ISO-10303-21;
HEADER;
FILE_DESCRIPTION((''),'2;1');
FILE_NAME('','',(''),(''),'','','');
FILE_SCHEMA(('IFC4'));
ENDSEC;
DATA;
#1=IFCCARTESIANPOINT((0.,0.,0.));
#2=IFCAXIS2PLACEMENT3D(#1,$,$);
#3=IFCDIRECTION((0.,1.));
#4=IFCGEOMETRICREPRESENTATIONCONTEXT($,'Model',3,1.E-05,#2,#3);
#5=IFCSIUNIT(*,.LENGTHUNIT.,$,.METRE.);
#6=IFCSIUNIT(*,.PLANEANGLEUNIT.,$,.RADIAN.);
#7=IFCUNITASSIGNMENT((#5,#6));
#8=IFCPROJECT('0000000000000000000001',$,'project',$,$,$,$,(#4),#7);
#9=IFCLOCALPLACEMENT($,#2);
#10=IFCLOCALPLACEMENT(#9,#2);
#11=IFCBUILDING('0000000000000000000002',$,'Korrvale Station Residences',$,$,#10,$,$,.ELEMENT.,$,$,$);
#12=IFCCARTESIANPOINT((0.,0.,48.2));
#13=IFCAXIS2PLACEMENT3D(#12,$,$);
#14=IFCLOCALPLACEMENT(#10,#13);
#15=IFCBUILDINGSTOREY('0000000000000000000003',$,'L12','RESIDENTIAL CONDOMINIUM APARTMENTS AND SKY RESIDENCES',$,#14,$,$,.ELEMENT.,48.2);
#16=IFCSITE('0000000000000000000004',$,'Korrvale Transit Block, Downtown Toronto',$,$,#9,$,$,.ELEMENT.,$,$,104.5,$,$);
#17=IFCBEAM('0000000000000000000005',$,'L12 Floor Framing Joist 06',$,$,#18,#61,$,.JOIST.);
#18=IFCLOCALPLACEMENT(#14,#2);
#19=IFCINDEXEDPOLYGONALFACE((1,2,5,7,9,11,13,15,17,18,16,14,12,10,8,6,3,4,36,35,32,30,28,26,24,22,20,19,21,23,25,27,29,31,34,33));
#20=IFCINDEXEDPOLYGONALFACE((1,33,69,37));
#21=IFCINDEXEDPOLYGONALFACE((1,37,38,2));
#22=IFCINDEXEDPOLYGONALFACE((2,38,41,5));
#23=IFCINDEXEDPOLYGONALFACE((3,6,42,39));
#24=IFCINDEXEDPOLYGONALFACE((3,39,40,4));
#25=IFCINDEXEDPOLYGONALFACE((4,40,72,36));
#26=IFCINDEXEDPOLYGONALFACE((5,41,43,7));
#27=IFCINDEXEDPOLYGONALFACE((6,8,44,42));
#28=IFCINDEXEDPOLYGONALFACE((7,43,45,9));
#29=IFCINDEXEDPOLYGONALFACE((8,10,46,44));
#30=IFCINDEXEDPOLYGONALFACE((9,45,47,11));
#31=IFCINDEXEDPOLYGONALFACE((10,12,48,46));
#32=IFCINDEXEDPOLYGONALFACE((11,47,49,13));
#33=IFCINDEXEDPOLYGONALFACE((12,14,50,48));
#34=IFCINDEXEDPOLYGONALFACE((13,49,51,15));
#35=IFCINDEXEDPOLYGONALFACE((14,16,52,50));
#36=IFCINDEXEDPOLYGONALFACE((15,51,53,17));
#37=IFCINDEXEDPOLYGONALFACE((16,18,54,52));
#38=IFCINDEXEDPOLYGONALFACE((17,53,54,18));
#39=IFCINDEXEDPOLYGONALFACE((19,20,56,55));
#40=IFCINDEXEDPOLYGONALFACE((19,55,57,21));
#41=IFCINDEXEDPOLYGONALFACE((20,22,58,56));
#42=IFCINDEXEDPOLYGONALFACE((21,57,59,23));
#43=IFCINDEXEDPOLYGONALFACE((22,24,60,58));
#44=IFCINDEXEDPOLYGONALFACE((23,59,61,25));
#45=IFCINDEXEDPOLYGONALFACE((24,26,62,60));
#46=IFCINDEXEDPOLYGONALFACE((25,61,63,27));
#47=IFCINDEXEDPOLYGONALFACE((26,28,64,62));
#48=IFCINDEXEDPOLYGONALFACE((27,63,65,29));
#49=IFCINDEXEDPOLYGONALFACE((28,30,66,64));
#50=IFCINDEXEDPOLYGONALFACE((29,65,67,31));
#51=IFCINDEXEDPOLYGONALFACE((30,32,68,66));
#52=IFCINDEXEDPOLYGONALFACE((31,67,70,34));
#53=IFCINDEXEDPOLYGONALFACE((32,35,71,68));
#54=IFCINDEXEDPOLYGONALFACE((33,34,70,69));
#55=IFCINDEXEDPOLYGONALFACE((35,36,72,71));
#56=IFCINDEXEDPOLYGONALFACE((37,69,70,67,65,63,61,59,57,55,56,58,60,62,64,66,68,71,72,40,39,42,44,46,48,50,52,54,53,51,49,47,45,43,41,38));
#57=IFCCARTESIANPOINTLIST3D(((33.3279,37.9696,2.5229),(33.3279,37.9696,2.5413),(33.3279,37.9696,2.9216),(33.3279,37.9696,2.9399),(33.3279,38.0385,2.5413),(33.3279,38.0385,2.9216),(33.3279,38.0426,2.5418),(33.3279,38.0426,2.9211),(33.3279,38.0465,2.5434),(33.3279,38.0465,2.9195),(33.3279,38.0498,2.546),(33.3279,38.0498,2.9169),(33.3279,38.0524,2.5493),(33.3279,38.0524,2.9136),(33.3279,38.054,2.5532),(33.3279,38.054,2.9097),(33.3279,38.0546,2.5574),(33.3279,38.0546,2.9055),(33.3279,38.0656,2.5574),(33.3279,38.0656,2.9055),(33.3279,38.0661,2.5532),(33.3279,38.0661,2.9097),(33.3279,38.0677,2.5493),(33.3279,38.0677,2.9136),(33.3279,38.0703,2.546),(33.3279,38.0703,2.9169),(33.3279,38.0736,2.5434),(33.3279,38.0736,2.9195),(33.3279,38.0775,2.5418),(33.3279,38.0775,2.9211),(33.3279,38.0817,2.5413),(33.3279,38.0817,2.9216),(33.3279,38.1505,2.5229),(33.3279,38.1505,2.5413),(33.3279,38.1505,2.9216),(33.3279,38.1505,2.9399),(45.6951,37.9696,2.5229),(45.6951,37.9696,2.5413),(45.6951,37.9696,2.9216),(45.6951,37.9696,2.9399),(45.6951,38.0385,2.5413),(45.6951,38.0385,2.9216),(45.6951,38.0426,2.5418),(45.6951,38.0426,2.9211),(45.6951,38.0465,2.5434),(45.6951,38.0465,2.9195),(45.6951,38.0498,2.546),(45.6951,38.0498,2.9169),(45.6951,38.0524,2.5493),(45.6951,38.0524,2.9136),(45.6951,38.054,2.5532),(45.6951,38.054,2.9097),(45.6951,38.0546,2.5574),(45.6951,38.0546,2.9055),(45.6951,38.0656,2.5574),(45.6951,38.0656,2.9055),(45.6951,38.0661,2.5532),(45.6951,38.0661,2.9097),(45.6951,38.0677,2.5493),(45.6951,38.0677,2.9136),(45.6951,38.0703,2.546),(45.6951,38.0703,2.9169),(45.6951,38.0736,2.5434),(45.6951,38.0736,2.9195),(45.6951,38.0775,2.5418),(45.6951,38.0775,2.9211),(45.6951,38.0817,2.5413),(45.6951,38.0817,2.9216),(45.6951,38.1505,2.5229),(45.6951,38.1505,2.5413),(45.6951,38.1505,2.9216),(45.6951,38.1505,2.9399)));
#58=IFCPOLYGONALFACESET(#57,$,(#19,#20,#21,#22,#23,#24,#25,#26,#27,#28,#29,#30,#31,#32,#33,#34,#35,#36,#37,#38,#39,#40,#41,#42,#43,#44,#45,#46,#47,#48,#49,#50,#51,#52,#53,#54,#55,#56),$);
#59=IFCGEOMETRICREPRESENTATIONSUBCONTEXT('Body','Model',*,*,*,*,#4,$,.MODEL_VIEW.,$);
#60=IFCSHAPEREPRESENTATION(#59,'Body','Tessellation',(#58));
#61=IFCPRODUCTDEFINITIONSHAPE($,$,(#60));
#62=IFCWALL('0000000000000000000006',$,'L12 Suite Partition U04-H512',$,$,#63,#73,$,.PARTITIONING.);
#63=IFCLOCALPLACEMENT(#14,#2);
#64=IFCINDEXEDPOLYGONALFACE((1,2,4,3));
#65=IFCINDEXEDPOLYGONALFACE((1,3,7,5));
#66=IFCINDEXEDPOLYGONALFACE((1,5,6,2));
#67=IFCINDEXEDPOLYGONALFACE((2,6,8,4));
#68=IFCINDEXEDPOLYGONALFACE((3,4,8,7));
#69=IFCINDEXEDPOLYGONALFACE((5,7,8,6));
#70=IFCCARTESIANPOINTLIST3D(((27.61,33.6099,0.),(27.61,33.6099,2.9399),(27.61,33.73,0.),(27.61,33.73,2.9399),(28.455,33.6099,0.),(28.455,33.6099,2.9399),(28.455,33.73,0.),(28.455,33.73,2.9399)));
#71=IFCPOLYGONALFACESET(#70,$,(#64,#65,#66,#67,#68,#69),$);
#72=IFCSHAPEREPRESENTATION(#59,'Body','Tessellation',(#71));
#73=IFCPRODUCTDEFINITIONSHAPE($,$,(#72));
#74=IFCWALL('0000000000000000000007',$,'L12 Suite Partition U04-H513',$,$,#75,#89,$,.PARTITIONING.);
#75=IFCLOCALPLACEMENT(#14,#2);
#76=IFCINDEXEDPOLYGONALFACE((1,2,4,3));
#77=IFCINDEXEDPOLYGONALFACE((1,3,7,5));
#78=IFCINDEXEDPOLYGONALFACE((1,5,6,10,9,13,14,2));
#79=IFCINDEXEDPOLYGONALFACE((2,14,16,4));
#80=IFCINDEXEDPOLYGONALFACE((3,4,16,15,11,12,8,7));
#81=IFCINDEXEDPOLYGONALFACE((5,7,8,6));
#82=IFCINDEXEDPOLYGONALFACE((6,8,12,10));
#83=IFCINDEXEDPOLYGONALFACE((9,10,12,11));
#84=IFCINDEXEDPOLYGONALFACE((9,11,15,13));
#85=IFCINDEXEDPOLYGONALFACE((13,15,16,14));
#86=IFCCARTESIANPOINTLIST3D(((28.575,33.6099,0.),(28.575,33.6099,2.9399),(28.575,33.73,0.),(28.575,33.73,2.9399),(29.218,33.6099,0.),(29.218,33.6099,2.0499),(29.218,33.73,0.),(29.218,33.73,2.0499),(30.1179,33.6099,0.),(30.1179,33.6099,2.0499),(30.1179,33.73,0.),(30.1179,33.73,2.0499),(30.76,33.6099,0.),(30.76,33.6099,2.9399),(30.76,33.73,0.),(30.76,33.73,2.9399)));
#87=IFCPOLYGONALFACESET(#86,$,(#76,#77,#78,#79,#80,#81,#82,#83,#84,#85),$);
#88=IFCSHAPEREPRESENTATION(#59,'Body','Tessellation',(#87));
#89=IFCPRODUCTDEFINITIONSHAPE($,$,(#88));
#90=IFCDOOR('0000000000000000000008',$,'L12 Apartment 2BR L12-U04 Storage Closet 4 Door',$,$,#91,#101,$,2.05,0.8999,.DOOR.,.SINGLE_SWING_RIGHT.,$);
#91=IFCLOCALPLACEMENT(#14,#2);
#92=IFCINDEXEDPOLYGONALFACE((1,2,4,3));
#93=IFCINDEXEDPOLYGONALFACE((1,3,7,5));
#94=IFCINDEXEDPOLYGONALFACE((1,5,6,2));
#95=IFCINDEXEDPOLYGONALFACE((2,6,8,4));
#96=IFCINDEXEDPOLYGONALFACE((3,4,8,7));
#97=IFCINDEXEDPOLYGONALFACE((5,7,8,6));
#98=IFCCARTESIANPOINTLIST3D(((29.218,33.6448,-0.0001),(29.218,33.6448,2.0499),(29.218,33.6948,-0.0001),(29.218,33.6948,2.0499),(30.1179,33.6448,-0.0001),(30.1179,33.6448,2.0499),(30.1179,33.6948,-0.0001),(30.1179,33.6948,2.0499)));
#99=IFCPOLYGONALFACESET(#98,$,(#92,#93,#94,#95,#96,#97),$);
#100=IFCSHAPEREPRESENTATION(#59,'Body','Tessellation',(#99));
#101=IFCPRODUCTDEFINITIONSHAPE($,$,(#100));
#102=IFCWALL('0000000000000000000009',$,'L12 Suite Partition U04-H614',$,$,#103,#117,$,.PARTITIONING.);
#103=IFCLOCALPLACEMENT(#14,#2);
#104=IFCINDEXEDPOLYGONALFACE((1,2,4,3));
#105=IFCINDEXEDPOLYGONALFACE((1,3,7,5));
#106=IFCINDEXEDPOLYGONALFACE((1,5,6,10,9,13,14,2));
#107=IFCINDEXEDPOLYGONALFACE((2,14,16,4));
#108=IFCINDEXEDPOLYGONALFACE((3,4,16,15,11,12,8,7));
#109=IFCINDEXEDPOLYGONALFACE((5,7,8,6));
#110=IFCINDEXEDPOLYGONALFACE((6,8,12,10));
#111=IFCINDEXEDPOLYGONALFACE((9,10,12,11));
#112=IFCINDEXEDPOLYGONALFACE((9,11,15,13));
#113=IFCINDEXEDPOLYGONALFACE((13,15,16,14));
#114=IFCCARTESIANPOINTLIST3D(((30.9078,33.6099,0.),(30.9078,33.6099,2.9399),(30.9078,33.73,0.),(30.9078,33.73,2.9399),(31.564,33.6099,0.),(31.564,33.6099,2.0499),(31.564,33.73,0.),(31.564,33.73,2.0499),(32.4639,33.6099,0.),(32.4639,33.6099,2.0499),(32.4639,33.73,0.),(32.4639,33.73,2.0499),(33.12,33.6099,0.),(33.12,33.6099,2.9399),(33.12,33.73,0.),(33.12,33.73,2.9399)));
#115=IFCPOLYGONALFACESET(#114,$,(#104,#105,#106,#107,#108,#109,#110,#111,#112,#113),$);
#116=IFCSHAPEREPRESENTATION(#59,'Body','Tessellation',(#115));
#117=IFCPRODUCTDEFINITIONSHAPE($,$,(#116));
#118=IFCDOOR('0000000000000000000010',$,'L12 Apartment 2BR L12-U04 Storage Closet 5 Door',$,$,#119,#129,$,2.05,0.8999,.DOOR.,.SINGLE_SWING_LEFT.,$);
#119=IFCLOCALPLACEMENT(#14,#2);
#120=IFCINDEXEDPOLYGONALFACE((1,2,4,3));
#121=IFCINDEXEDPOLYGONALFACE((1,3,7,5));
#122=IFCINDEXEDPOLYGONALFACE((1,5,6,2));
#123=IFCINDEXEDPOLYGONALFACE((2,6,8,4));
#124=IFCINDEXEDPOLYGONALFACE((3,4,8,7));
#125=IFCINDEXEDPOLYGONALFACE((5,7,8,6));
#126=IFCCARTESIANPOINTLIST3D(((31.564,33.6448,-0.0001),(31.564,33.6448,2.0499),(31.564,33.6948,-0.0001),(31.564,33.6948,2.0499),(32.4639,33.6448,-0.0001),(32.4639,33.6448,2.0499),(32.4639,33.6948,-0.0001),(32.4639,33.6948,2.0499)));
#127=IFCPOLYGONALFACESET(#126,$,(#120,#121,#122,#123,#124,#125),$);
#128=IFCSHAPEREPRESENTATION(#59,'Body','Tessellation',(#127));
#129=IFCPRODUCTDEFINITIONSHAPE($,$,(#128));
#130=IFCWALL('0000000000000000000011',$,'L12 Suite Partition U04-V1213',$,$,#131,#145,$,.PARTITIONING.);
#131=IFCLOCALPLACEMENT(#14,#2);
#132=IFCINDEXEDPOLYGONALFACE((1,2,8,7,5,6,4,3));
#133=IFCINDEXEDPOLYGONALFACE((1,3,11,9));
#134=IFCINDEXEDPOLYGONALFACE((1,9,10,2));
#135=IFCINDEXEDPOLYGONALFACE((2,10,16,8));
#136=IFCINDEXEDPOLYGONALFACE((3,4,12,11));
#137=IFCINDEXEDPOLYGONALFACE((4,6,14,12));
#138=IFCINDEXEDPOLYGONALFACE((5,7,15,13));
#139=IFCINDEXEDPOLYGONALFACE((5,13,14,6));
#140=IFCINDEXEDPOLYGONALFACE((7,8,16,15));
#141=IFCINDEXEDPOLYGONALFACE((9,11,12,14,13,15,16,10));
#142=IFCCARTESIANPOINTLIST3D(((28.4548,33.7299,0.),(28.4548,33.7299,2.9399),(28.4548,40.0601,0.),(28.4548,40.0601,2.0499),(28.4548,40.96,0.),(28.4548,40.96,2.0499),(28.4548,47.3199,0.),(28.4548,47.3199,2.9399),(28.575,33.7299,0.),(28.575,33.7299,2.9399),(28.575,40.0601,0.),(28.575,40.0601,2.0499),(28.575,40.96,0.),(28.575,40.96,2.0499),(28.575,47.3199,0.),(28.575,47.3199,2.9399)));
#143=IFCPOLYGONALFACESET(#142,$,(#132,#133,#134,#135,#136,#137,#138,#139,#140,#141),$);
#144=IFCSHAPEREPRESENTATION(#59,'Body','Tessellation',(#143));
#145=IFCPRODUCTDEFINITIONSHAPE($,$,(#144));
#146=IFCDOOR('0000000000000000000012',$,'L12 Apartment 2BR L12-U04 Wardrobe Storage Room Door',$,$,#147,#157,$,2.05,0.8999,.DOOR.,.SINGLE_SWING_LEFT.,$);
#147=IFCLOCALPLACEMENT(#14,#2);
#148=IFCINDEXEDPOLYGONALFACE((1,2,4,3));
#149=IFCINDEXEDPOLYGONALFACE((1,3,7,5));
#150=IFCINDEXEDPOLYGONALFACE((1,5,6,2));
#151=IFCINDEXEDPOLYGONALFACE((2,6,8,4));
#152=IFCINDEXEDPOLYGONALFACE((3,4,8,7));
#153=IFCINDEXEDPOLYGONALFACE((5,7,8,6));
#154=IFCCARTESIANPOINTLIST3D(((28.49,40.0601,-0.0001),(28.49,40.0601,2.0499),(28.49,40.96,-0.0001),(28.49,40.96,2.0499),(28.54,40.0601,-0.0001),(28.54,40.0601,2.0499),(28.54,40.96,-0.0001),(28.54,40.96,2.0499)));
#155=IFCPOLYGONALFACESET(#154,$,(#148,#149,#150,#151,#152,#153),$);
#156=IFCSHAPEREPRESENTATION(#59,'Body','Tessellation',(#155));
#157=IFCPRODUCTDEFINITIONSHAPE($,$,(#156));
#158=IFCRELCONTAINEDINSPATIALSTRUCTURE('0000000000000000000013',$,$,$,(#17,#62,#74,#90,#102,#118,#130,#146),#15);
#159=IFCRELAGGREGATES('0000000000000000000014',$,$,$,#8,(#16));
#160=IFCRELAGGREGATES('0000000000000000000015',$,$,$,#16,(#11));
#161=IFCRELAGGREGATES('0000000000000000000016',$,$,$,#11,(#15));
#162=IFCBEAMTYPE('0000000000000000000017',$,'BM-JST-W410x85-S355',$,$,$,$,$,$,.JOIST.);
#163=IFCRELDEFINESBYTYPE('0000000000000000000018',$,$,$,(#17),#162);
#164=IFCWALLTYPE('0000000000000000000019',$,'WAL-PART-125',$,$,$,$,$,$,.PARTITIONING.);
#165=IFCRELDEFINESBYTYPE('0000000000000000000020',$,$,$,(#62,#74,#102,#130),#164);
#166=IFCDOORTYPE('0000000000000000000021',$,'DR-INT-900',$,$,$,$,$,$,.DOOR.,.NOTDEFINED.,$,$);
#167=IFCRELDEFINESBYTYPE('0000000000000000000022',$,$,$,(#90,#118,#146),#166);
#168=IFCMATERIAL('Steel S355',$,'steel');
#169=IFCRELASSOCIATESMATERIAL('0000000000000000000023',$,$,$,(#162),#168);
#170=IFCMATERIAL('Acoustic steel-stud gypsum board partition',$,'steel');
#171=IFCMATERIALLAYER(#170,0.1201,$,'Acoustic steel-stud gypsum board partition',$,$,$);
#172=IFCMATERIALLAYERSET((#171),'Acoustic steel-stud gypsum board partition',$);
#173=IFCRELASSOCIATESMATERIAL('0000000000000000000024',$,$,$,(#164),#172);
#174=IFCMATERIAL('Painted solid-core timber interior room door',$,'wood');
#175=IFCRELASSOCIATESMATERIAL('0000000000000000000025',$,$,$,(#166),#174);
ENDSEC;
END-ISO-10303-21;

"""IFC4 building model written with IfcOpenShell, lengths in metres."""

from ifc_helpers import new_model, si_unit, direction, frame, frame_2d, origin, origin_2d, place, context, subcontext, project, spatial, rectangle, i_section, extrude, material, layer, layer_set, material_profile, profile_set, type_object, element, fill, save


model = new_model("IFC4")

# Units and contexts
model_context = context("Model", 3, precision=1e-05, world=origin(), true_north=direction((0.0, 1.0)))
body_context = subcontext(model_context, "Body", "Model", "MODEL_VIEW")
ifc_project = project(units=[si_unit("LENGTHUNIT", "METRE"), si_unit("PLANEANGLEUNIT", "RADIAN")], contexts=[model_context])

# Site, building, storey
site_placement = place(None, origin())
site = spatial("IfcSite", under=ifc_project, at=site_placement, Name="Korrvale Transit Block, Downtown Toronto", CompositionType="ELEMENT", RefElevation=104.5)
building_placement = place(site_placement, origin())
building = spatial("IfcBuilding", under=site, at=building_placement, Name="Korrvale Station Residences", CompositionType="ELEMENT")
storey_placement = place(building_placement, frame((0.0, 0.0, 48.2)))
storey = spatial("IfcBuildingStorey", under=building, at=storey_placement, Name="L12", Description="RESIDENTIAL CONDOMINIUM APARTMENTS AND SKY RESIDENCES", CompositionType="ELEMENT", Elevation=48.2)

# Beam
ifc_material_1 = material(Name="Steel S355", Category="steel")
ifc_material_profile = material_profile(ifc_material_1, i_section(OverallWidth=0.1809, OverallDepth=0.417, WebThickness=0.011, FlangeThickness=0.0183, FilletRadius=0.0161, at=origin_2d()), Name="W410x85")
ifc_profile_set = profile_set([ifc_material_profile], Name="Steel S355")
beam_type = type_object("IfcBeamType", Name="BM-JST-W410x85-S355", PredefinedType="JOIST", material=ifc_profile_set)
beam_placement = place(storey_placement, frame((33.3279, 38.0601, 2.7314), z_axis=(1.0, 0.0, 0.0), x_axis=(0.0, 1.0, 0.0)))
element("IfcBeam", 1, at=beam_placement, inside=storey, type_object=beam_type, Name="L12 Floor Framing Joist 06", PredefinedType="JOIST", context=body_context, shape_type="SweptSolid", body=[
    extrude(i_section(OverallWidth=0.1809, OverallDepth=0.417, WebThickness=0.011, FlangeThickness=0.0183, FilletRadius=0.0161, at=origin_2d()), origin(), (0.0, 0.0, 1.0), 12.3672),
])

# Wall
ifc_material_2 = material(Name="Acoustic steel-stud gypsum board partition", Category="steel")
ifc_layer = layer(ifc_material_2, 0.1201, Name="Acoustic steel-stud gypsum board partition")
ifc_layer_set = layer_set([ifc_layer], Name="Acoustic steel-stud gypsum board partition")
wall_type = type_object("IfcWallType", Name="WAL-PART-125", PredefinedType="PARTITIONING", material=ifc_layer_set)
wall_1_placement = place(storey_placement, frame((27.6101, 33.6699, 0.0), z_axis=(0.0, 0.0, 1.0), x_axis=(1.0, 0.0, 0.0)))
element("IfcWall", 2, at=wall_1_placement, inside=storey, type_object=wall_type, Name="L12 Suite Partition U04-H512", PredefinedType="PARTITIONING", context=body_context, shape_type="SweptSolid", body=[
    extrude(rectangle(XDim=0.845, YDim=0.1201, at=frame_2d((0.4224, 0.0))), origin(), (0.0, 0.0, 1.0), 2.9399),
])

# Walls, openings, doors
wall_2_placement = place(storey_placement, frame((28.575, 33.6699, 0.0), z_axis=(0.0, 0.0, 1.0), x_axis=(1.0, 0.0, 0.0)))
wall_2 = element("IfcWall", 3, at=wall_2_placement, inside=storey, type_object=wall_type, Name="L12 Suite Partition U04-H513", PredefinedType="PARTITIONING", context=body_context, shape_type="SweptSolid", body=[
    extrude(rectangle(XDim=2.1851, YDim=0.1201, at=frame_2d((1.0925, 0.0))), origin(), (0.0, 0.0, 1.0), 2.9399),
])
opening_1_placement = place(wall_2_placement, frame((0.6431, 0.0, 0.0)))
opening_1 = element("IfcOpeningElement", 4, at=opening_1_placement, cuts=wall_2, PredefinedType="OPENING", context=body_context, shape_type="SweptSolid", body=[
    extrude(rectangle(XDim=0.8999, YDim=2.05, at=frame_2d((0.45, 1.0249))), frame((0.0, 0.0701, 0.0), z_axis=(0.0, -1.0, 0.0), x_axis=(1.0, 0.0, 0.0)), (0.0, 0.0, 1.0), 0.1401),
])
ifc_material_3 = material(Name="Painted solid-core timber interior room door", Category="wood")
door_type_1 = type_object("IfcDoorType", Name="DR-INT-900", OperationType="NOTDEFINED", PredefinedType="DOOR", material=ifc_material_3)
door_1_placement = place(opening_1_placement, origin())
door_1 = element("IfcDoor", 5, at=door_1_placement, inside=storey, type_object=door_type_1, Name="L12 Apartment 2BR L12-U04 Storage Closet 4 Door", OperationType="SINGLE_SWING_RIGHT", OverallHeight=2.05, OverallWidth=0.8999, PredefinedType="DOOR", context=body_context, shape_type="SweptSolid", body=[
    extrude(rectangle(XDim=0.8999, YDim=2.05, at=frame_2d((0.45, 1.0249))), frame((0.0, 0.0249, 0.0), z_axis=(0.0, -1.0, 0.0), x_axis=(1.0, 0.0, 0.0)), (0.0, 0.0, 1.0), 0.05),
])
fill(opening_1, door_1)
wall_3_placement = place(storey_placement, frame((30.908, 33.6699, 0.0), z_axis=(0.0, 0.0, 1.0), x_axis=(1.0, 0.0, 0.0)))
wall_3 = element("IfcWall", 6, at=wall_3_placement, inside=storey, type_object=wall_type, Name="L12 Suite Partition U04-H614", PredefinedType="PARTITIONING", context=body_context, shape_type="SweptSolid", body=[
    extrude(rectangle(XDim=2.2122, YDim=0.1201, at=frame_2d((1.106, 0.0))), origin(), (0.0, 0.0, 1.0), 2.9399),
])
opening_2_placement = place(wall_3_placement, frame((0.656, 0.0, 0.0)))
opening_2 = element("IfcOpeningElement", 7, at=opening_2_placement, cuts=wall_3, PredefinedType="OPENING", context=body_context, shape_type="SweptSolid", body=[
    extrude(rectangle(XDim=0.8999, YDim=2.05, at=frame_2d((0.45, 1.0249))), frame((0.0, 0.0701, 0.0), z_axis=(0.0, -1.0, 0.0), x_axis=(1.0, 0.0, 0.0)), (0.0, 0.0, 1.0), 0.1401),
])
door_2_placement = place(opening_2_placement, origin())
door_2 = element("IfcDoor", 8, at=door_2_placement, inside=storey, type_object=door_type_1, Name="L12 Apartment 2BR L12-U04 Storage Closet 5 Door", OperationType="SINGLE_SWING_LEFT", OverallHeight=2.05, OverallWidth=0.8999, PredefinedType="DOOR", context=body_context, shape_type="SweptSolid", body=[
    extrude(rectangle(XDim=0.8999, YDim=2.05, at=frame_2d((0.45, 1.0249))), frame((0.0, 0.0249, 0.0), z_axis=(0.0, -1.0, 0.0), x_axis=(1.0, 0.0, 0.0)), (0.0, 0.0, 1.0), 0.05),
])
fill(opening_2, door_2)
wall_4_placement = place(storey_placement, frame((28.5149, 33.73, 0.0), z_axis=(0.0, 0.0, 1.0), x_axis=(0.0, 1.0, 0.0)))
wall_4 = element("IfcWall", 9, at=wall_4_placement, inside=storey, type_object=wall_type, Name="L12 Suite Partition U04-V1213", PredefinedType="PARTITIONING", context=body_context, shape_type="SweptSolid", body=[
    extrude(rectangle(XDim=13.5901, YDim=0.1201, at=frame_2d((6.7949, 0.0))), origin(), (0.0, 0.0, 1.0), 2.9399),
])
opening_3_placement = place(wall_4_placement, frame((6.3301, 0.0, 0.0)))
opening_3 = element("IfcOpeningElement", 10, at=opening_3_placement, cuts=wall_4, PredefinedType="OPENING", context=body_context, shape_type="SweptSolid", body=[
    extrude(rectangle(XDim=0.8999, YDim=2.05, at=frame_2d((0.45, 1.0249))), frame((0.0, 0.0701, 0.0), z_axis=(0.0, -1.0, 0.0), x_axis=(1.0, 0.0, 0.0)), (0.0, 0.0, 1.0), 0.1401),
])
door_3_placement = place(opening_3_placement, origin())
door_3 = element("IfcDoor", 11, at=door_3_placement, inside=storey, type_object=door_type_1, Name="L12 Apartment 2BR L12-U04 Wardrobe Storage Room Door", OperationType="SINGLE_SWING_LEFT", OverallHeight=2.05, OverallWidth=0.8999, PredefinedType="DOOR", context=body_context, shape_type="SweptSolid", body=[
    extrude(rectangle(XDim=0.8999, YDim=2.05, at=frame_2d((0.45, 1.0249))), frame((0.0, 0.0249, 0.0), z_axis=(0.0, -1.0, 0.0), x_axis=(1.0, 0.0, 0.0)), (0.0, 0.0, 1.0), 0.05),
])
fill(opening_3, door_3)

save(model, "model.ifc")
